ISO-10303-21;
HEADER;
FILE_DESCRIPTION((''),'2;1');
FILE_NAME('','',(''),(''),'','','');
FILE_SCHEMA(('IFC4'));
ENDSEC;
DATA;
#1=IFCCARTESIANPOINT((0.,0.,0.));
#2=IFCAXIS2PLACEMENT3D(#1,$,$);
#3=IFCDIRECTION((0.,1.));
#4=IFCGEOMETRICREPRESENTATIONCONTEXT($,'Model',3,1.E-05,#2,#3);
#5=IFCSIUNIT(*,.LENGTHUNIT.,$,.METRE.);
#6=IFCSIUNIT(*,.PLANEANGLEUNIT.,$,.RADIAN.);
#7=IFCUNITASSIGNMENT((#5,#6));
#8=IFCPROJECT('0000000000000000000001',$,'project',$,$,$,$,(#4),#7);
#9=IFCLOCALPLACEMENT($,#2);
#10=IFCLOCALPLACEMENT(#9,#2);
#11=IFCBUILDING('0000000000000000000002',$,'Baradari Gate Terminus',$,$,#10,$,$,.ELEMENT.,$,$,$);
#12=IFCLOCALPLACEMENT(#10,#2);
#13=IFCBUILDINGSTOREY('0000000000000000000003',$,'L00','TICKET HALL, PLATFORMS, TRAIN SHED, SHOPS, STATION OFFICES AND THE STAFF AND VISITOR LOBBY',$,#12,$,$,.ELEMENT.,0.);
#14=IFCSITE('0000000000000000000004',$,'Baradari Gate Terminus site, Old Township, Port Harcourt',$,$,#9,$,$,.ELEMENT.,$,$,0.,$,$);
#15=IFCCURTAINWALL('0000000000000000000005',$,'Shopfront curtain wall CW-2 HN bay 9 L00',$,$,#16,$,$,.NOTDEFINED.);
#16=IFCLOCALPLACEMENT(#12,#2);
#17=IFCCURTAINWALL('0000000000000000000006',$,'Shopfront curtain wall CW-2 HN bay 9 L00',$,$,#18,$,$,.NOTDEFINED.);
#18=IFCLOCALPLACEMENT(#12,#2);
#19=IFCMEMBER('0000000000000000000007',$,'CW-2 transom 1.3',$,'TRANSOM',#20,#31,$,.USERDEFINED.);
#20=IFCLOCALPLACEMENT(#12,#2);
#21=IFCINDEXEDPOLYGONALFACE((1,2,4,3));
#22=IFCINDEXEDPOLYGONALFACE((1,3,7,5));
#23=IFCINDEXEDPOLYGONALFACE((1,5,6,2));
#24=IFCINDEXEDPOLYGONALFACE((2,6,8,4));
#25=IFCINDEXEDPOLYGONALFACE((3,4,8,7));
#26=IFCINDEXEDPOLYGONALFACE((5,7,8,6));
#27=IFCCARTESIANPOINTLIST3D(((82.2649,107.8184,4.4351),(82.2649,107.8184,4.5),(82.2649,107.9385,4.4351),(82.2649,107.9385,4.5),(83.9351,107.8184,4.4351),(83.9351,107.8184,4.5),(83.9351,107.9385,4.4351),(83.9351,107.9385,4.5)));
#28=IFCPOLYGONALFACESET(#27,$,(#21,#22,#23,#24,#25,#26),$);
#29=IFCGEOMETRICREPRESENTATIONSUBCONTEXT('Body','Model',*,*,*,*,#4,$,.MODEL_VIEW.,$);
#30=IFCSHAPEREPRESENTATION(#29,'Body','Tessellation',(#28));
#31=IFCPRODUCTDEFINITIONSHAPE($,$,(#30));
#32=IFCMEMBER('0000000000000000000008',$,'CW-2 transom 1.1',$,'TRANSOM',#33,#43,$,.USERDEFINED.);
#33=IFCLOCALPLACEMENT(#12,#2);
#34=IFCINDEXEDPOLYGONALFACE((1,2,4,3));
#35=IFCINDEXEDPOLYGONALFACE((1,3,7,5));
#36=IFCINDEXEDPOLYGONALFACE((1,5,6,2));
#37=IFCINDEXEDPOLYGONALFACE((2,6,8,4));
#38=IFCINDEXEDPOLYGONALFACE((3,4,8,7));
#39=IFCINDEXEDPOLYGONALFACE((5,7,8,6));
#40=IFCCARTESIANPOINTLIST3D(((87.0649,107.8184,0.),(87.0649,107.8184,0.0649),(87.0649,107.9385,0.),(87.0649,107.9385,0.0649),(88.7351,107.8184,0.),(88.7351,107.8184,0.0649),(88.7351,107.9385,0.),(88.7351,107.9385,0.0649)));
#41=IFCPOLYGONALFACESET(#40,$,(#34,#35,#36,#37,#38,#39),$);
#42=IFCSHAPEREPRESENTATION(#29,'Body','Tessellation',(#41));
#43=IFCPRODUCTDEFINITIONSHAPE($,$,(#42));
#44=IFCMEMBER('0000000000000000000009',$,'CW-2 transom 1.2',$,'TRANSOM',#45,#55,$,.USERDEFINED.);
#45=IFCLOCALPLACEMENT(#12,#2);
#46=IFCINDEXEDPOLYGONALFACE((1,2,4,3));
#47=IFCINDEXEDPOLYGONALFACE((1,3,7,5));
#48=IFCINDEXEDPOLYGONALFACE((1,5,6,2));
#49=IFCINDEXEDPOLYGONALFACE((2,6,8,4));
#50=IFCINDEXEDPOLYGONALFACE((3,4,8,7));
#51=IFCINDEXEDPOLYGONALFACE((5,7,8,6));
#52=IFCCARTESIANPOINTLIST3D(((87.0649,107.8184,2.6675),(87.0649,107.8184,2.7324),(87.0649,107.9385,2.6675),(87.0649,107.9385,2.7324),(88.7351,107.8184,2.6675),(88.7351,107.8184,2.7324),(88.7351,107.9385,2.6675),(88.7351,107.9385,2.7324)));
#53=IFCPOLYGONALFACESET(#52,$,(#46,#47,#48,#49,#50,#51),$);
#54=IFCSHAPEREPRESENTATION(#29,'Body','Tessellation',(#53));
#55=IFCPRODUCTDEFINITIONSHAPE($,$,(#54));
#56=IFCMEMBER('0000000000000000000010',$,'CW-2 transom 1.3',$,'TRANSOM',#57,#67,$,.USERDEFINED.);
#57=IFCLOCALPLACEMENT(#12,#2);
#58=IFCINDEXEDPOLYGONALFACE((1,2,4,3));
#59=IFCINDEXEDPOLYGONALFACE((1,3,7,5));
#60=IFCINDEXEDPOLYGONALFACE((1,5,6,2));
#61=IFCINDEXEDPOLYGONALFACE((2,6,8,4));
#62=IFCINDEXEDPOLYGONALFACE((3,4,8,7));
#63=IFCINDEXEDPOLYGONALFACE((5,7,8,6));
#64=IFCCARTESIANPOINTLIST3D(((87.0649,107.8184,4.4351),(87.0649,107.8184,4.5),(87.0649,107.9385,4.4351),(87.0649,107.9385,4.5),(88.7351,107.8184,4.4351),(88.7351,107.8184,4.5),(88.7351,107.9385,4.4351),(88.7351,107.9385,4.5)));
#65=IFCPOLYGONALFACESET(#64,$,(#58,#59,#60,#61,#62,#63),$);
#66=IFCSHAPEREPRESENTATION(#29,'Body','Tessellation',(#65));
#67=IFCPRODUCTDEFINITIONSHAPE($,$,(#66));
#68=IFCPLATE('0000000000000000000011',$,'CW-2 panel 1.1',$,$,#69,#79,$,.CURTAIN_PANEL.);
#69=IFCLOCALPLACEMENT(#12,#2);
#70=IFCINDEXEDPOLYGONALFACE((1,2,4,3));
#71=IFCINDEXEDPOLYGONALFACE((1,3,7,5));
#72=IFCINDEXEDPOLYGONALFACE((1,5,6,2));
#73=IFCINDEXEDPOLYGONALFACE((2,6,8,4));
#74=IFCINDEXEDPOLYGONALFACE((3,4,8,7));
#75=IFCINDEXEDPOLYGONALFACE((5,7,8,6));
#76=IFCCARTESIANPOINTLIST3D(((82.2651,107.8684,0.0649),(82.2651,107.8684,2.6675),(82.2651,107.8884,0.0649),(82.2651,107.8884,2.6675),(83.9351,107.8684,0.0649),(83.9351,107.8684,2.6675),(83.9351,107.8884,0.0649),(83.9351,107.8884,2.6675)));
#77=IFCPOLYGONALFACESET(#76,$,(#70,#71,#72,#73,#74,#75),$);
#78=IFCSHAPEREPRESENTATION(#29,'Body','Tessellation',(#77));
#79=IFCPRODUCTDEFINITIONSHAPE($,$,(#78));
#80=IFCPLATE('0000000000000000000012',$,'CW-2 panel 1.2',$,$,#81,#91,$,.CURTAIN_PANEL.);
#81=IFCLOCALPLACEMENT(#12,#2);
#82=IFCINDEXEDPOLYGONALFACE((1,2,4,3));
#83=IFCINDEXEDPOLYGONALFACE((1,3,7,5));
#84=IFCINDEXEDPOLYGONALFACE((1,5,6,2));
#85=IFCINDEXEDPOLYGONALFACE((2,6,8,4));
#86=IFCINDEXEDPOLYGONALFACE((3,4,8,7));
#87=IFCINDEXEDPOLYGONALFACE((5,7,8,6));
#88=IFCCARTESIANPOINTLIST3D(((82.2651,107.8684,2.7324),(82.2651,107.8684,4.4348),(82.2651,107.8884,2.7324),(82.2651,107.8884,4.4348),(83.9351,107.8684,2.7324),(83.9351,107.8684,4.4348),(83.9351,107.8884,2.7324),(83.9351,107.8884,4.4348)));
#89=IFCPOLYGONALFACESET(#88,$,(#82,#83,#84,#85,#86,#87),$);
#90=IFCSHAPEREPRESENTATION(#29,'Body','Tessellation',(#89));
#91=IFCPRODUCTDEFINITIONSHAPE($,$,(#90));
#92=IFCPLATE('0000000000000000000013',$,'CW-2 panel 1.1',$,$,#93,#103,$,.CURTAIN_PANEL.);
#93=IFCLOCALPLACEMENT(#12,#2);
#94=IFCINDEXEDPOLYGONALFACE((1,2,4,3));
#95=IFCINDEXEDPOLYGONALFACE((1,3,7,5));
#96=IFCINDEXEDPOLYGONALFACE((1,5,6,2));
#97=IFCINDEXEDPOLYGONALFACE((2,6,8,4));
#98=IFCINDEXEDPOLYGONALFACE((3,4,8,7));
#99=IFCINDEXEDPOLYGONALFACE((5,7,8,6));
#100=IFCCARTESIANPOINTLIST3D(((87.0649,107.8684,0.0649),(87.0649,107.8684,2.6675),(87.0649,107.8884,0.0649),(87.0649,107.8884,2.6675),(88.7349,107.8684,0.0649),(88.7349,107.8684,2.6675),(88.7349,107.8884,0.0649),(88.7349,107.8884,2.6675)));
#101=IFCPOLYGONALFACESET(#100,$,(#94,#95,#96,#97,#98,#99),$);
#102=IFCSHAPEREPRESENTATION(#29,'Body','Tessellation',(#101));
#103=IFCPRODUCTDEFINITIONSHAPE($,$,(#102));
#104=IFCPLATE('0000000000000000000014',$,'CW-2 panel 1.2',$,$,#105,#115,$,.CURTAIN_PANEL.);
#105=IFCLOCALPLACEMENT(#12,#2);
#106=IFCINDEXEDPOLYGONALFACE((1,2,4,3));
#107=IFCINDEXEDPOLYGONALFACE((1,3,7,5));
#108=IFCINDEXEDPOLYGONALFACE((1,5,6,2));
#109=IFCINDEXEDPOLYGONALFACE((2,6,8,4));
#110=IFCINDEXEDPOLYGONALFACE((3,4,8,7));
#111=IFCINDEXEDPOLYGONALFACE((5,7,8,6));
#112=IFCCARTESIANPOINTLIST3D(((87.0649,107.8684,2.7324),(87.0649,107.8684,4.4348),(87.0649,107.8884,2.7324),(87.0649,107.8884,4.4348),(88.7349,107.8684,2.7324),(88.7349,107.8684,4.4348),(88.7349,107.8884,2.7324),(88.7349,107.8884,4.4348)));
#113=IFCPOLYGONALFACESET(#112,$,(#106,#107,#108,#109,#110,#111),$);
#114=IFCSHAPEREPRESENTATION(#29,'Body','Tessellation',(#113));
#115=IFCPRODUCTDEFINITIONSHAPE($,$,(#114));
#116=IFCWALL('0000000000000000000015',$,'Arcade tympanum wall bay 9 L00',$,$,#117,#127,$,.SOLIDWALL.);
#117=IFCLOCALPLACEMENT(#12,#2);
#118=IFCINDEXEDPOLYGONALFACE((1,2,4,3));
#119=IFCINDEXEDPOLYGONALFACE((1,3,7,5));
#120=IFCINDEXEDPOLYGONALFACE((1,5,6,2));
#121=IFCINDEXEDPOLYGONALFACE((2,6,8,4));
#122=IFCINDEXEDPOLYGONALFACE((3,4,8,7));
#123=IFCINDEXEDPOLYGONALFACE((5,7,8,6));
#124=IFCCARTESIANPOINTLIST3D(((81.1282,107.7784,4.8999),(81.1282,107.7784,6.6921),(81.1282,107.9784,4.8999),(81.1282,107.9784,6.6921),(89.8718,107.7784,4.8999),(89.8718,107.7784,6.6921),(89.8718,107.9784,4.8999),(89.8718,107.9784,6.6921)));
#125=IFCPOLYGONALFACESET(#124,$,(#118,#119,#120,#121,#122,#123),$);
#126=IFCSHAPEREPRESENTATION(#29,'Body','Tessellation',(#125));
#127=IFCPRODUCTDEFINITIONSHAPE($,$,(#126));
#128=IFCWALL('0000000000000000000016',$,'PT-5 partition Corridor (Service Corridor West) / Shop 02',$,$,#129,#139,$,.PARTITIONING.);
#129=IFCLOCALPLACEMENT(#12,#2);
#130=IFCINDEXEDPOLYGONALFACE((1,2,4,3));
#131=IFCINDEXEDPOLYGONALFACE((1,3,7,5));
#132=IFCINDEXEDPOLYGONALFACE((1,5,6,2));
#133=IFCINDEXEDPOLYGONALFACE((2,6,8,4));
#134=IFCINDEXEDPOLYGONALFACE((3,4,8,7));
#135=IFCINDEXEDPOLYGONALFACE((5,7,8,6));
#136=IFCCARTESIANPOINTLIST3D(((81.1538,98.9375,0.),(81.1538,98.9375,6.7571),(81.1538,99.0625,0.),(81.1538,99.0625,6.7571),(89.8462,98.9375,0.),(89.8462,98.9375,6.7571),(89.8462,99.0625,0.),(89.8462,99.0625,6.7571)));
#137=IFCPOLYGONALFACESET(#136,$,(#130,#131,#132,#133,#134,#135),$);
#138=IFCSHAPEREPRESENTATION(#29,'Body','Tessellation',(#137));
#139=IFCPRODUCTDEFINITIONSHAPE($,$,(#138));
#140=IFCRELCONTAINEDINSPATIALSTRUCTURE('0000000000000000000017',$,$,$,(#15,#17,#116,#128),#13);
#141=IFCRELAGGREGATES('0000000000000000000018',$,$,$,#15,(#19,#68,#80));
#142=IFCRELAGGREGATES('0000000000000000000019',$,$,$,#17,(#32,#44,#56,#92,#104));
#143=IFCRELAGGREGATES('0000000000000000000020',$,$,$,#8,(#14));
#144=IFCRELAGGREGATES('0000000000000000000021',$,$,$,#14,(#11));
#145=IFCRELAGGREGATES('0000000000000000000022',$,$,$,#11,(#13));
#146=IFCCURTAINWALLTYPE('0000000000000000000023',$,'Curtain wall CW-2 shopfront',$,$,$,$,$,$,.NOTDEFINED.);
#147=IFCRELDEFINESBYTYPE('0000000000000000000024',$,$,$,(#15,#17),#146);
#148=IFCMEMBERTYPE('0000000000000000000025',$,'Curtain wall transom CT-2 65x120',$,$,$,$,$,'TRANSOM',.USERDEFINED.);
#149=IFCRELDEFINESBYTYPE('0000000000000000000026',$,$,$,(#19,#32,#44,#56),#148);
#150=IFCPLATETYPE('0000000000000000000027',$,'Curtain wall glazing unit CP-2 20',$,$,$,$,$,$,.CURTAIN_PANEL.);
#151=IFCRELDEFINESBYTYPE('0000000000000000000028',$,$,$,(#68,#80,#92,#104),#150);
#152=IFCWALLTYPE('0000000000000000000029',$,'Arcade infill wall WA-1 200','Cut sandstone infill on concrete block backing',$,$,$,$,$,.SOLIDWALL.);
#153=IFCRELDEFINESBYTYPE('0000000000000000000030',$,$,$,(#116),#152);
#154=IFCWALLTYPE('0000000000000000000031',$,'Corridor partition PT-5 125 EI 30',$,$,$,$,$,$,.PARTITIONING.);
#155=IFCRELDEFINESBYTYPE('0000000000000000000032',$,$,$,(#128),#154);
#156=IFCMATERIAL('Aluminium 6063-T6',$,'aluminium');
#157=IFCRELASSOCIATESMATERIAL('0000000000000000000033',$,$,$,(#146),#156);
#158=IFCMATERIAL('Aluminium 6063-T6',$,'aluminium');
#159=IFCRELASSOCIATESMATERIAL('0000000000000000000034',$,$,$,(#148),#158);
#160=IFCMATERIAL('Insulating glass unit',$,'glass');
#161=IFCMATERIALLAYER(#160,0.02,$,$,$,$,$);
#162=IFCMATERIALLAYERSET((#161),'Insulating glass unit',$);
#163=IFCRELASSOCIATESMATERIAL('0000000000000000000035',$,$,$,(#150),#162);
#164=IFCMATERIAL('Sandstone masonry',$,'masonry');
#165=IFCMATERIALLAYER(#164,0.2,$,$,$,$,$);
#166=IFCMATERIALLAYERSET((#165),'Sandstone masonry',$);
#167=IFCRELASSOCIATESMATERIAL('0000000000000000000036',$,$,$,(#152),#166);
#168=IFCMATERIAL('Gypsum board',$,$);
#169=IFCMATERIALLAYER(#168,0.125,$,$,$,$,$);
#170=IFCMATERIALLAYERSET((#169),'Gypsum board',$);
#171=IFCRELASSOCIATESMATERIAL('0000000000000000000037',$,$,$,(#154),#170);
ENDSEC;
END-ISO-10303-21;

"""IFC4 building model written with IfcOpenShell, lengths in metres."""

from ifc_helpers import new_model, si_unit, direction, frame, frame_2d, origin, origin_2d, place, context, subcontext, project, spatial, rectangle, extrude, material, layer, layer_set, material_profile, profile_set, type_object, element, aggregate, save


model = new_model("IFC4")

# Units and contexts
model_context = context("Model", 3, precision=1e-05, world=origin(), true_north=direction((0.0, 1.0)))
body_context = subcontext(model_context, "Body", "Model", "MODEL_VIEW")
ifc_project = project(units=[si_unit("LENGTHUNIT", "METRE"), si_unit("PLANEANGLEUNIT", "RADIAN")], contexts=[model_context])

# Site, building, storey
site_placement = place(None, origin())
site = spatial("IfcSite", under=ifc_project, at=site_placement, Name="Baradari Gate Terminus site, Old Township, Port Harcourt", CompositionType="ELEMENT", RefElevation=0.0)
building_placement = place(site_placement, origin())
building = spatial("IfcBuilding", under=site, at=building_placement, Name="Baradari Gate Terminus", CompositionType="ELEMENT")
storey_placement = place(building_placement, origin())
storey = spatial("IfcBuildingStorey", under=building, at=storey_placement, Name="L00", Description="TICKET HALL, PLATFORMS, TRAIN SHED, SHOPS, STATION OFFICES AND THE STAFF AND VISITOR LOBBY", CompositionType="ELEMENT", Elevation=0.0)

# Curtain walls
ifc_material_1 = material(Name="Aluminium 6063-T6", Category="aluminium")
curtain_wall_type = type_object("IfcCurtainWallType", Name="Curtain wall CW-2 shopfront", PredefinedType="NOTDEFINED", material=ifc_material_1)
curtain_wall_1_placement = place(storey_placement, origin())
curtain_wall_1 = element("IfcCurtainWall", 1, at=curtain_wall_1_placement, inside=storey, type_object=curtain_wall_type, Name="Shopfront curtain wall CW-2 HN bay 9 L00", PredefinedType="NOTDEFINED")
curtain_wall_2_placement = place(storey_placement, origin())
curtain_wall_2 = element("IfcCurtainWall", 2, at=curtain_wall_2_placement, inside=storey, type_object=curtain_wall_type, Name="Shopfront curtain wall CW-2 HN bay 9 L00", PredefinedType="NOTDEFINED")

# Members
ifc_material_2 = material(Name="Aluminium 6063-T6", Category="aluminium")
ifc_material_profile_1 = material_profile(ifc_material_2, rectangle(XDim=0.1201, YDim=0.0649, at=origin_2d()), Name="CT-2 65X120")
ifc_profile_set_1 = profile_set([ifc_material_profile_1], Name="Aluminium 6063-T6")
member_type_1 = type_object("IfcMemberType", Name="Curtain wall transom CT-2 65x120", ElementType="TRANSOM", PredefinedType="USERDEFINED", material=ifc_profile_set_1)
member_1_placement = place(storey_placement, frame((82.2649, 107.8784, 4.4675), z_axis=(1.0, 0.0, 0.0), x_axis=(0.0, 1.0, 0.0)))
member_1 = element("IfcMember", 3, at=member_1_placement, type_object=member_type_1, Name="CW-2 transom 1.3", ObjectType="TRANSOM", PredefinedType="USERDEFINED", context=body_context, shape_type="SweptSolid", body=[
    extrude(rectangle(XDim=0.1201, YDim=0.0649, at=origin_2d()), origin(), (0.0, 0.0, 1.0), 1.6702),
])
member_2_placement = place(storey_placement, frame((87.0649, 107.8784, 0.0325), z_axis=(1.0, 0.0, 0.0), x_axis=(0.0, 1.0, 0.0)))
member_2 = element("IfcMember", 4, at=member_2_placement, type_object=member_type_1, Name="CW-2 transom 1.1", ObjectType="TRANSOM", PredefinedType="USERDEFINED", context=body_context, shape_type="SweptSolid", body=[
    extrude(rectangle(XDim=0.1201, YDim=0.0649, at=origin_2d()), origin(), (0.0, 0.0, 1.0), 1.6702),
])
member_3_placement = place(storey_placement, frame((87.0649, 107.8784, 2.7), z_axis=(1.0, 0.0, 0.0), x_axis=(0.0, 1.0, 0.0)))
member_3 = element("IfcMember", 5, at=member_3_placement, type_object=member_type_1, Name="CW-2 transom 1.2", ObjectType="TRANSOM", PredefinedType="USERDEFINED", context=body_context, shape_type="SweptSolid", body=[
    extrude(rectangle(XDim=0.1201, YDim=0.0649, at=origin_2d()), origin(), (0.0, 0.0, 1.0), 1.6702),
])
member_4_placement = place(storey_placement, frame((87.0649, 107.8784, 4.4675), z_axis=(1.0, 0.0, 0.0), x_axis=(0.0, 1.0, 0.0)))
member_4 = element("IfcMember", 6, at=member_4_placement, type_object=member_type_1, Name="CW-2 transom 1.3", ObjectType="TRANSOM", PredefinedType="USERDEFINED", context=body_context, shape_type="SweptSolid", body=[
    extrude(rectangle(XDim=0.1201, YDim=0.0649, at=origin_2d()), origin(), (0.0, 0.0, 1.0), 1.6702),
])

# Plates
ifc_material_3 = material(Name="Insulating glass unit", Category="glass")
ifc_layer_1 = layer(ifc_material_3, 0.02)
ifc_layer_set_1 = layer_set([ifc_layer_1], Name="Insulating glass unit")
plate_type = type_object("IfcPlateType", Name="Curtain wall glazing unit CP-2 20", PredefinedType="CURTAIN_PANEL", material=ifc_layer_set_1)
plate_1_placement = place(storey_placement, frame((83.1001, 107.8784, 0.0649), z_axis=(0.0, 0.0, 1.0), x_axis=(1.0, 0.0, 0.0)))
plate_1 = element("IfcPlate", 7, at=plate_1_placement, type_object=plate_type, Name="CW-2 panel 1.1", PredefinedType="CURTAIN_PANEL", context=body_context, shape_type="SweptSolid", body=[
    extrude(rectangle(XDim=1.6699, YDim=0.02, at=origin_2d()), origin(), (0.0, 0.0, 1.0), 2.6025),
])
plate_2_placement = place(storey_placement, frame((83.1001, 107.8784, 2.7324), z_axis=(0.0, 0.0, 1.0), x_axis=(1.0, 0.0, 0.0)))
plate_2 = element("IfcPlate", 8, at=plate_2_placement, type_object=plate_type, Name="CW-2 panel 1.2", PredefinedType="CURTAIN_PANEL", context=body_context, shape_type="SweptSolid", body=[
    extrude(rectangle(XDim=1.6699, YDim=0.02, at=origin_2d()), origin(), (0.0, 0.0, 1.0), 1.7024),
])
aggregate(curtain_wall_1, [member_1, plate_1, plate_2])
plate_3_placement = place(storey_placement, frame((87.8999, 107.8784, 0.0649), z_axis=(0.0, 0.0, 1.0), x_axis=(1.0, 0.0, 0.0)))
plate_3 = element("IfcPlate", 9, at=plate_3_placement, type_object=plate_type, Name="CW-2 panel 1.1", PredefinedType="CURTAIN_PANEL", context=body_context, shape_type="SweptSolid", body=[
    extrude(rectangle(XDim=1.6699, YDim=0.02, at=origin_2d()), origin(), (0.0, 0.0, 1.0), 2.6025),
])
plate_4_placement = place(storey_placement, frame((87.8999, 107.8784, 2.7324), z_axis=(0.0, 0.0, 1.0), x_axis=(1.0, 0.0, 0.0)))
plate_4 = element("IfcPlate", 10, at=plate_4_placement, type_object=plate_type, Name="CW-2 panel 1.2", PredefinedType="CURTAIN_PANEL", context=body_context, shape_type="SweptSolid", body=[
    extrude(rectangle(XDim=1.6699, YDim=0.02, at=origin_2d()), origin(), (0.0, 0.0, 1.0), 1.7024),
])
aggregate(curtain_wall_2, [member_2, member_3, member_4, plate_3, plate_4])

# Walls
ifc_material_4 = material(Name="Sandstone masonry", Category="masonry")
ifc_layer_2 = layer(ifc_material_4, 0.2)
ifc_layer_set_2 = layer_set([ifc_layer_2], Name="Sandstone masonry")
wall_type_1 = type_object("IfcWallType", Name="Arcade infill wall WA-1 200", Description="Cut sandstone infill on concrete block backing", PredefinedType="SOLIDWALL", material=ifc_layer_set_2)
wall_1_placement = place(storey_placement, frame((81.1282, 107.8784, 4.8999), z_axis=(0.0, 0.0, 1.0), x_axis=(1.0, 0.0, 0.0)))
element("IfcWall", 11, at=wall_1_placement, inside=storey, type_object=wall_type_1, Name="Arcade tympanum wall bay 9 L00", PredefinedType="SOLIDWALL", context=body_context, shape_type="SweptSolid", body=[
    extrude(rectangle(XDim=8.7437, YDim=0.2, at=frame_2d((4.3718, 0.0))), origin(), (0.0, 0.0, 1.0), 1.7922),
])
ifc_material_5 = material(Name="Gypsum board")
ifc_layer_3 = layer(ifc_material_5, 0.125)
ifc_layer_set_3 = layer_set([ifc_layer_3], Name="Gypsum board")
wall_type_2 = type_object("IfcWallType", Name="Corridor partition PT-5 125 EI 30", PredefinedType="PARTITIONING", material=ifc_layer_set_3)
wall_2_placement = place(storey_placement, frame((81.1538, 99.0, 0.0), z_axis=(0.0, 0.0, 1.0), x_axis=(1.0, 0.0, 0.0)))
element("IfcWall", 12, at=wall_2_placement, inside=storey, type_object=wall_type_2, Name="PT-5 partition Corridor (Service Corridor West) / Shop 02", PredefinedType="PARTITIONING", context=body_context, shape_type="SweptSolid", body=[
    extrude(rectangle(XDim=8.6924, YDim=0.125, at=frame_2d((4.3462, 0.0))), origin(), (0.0, 0.0, 1.0), 6.7571),
])

save(model, "model.ifc")
